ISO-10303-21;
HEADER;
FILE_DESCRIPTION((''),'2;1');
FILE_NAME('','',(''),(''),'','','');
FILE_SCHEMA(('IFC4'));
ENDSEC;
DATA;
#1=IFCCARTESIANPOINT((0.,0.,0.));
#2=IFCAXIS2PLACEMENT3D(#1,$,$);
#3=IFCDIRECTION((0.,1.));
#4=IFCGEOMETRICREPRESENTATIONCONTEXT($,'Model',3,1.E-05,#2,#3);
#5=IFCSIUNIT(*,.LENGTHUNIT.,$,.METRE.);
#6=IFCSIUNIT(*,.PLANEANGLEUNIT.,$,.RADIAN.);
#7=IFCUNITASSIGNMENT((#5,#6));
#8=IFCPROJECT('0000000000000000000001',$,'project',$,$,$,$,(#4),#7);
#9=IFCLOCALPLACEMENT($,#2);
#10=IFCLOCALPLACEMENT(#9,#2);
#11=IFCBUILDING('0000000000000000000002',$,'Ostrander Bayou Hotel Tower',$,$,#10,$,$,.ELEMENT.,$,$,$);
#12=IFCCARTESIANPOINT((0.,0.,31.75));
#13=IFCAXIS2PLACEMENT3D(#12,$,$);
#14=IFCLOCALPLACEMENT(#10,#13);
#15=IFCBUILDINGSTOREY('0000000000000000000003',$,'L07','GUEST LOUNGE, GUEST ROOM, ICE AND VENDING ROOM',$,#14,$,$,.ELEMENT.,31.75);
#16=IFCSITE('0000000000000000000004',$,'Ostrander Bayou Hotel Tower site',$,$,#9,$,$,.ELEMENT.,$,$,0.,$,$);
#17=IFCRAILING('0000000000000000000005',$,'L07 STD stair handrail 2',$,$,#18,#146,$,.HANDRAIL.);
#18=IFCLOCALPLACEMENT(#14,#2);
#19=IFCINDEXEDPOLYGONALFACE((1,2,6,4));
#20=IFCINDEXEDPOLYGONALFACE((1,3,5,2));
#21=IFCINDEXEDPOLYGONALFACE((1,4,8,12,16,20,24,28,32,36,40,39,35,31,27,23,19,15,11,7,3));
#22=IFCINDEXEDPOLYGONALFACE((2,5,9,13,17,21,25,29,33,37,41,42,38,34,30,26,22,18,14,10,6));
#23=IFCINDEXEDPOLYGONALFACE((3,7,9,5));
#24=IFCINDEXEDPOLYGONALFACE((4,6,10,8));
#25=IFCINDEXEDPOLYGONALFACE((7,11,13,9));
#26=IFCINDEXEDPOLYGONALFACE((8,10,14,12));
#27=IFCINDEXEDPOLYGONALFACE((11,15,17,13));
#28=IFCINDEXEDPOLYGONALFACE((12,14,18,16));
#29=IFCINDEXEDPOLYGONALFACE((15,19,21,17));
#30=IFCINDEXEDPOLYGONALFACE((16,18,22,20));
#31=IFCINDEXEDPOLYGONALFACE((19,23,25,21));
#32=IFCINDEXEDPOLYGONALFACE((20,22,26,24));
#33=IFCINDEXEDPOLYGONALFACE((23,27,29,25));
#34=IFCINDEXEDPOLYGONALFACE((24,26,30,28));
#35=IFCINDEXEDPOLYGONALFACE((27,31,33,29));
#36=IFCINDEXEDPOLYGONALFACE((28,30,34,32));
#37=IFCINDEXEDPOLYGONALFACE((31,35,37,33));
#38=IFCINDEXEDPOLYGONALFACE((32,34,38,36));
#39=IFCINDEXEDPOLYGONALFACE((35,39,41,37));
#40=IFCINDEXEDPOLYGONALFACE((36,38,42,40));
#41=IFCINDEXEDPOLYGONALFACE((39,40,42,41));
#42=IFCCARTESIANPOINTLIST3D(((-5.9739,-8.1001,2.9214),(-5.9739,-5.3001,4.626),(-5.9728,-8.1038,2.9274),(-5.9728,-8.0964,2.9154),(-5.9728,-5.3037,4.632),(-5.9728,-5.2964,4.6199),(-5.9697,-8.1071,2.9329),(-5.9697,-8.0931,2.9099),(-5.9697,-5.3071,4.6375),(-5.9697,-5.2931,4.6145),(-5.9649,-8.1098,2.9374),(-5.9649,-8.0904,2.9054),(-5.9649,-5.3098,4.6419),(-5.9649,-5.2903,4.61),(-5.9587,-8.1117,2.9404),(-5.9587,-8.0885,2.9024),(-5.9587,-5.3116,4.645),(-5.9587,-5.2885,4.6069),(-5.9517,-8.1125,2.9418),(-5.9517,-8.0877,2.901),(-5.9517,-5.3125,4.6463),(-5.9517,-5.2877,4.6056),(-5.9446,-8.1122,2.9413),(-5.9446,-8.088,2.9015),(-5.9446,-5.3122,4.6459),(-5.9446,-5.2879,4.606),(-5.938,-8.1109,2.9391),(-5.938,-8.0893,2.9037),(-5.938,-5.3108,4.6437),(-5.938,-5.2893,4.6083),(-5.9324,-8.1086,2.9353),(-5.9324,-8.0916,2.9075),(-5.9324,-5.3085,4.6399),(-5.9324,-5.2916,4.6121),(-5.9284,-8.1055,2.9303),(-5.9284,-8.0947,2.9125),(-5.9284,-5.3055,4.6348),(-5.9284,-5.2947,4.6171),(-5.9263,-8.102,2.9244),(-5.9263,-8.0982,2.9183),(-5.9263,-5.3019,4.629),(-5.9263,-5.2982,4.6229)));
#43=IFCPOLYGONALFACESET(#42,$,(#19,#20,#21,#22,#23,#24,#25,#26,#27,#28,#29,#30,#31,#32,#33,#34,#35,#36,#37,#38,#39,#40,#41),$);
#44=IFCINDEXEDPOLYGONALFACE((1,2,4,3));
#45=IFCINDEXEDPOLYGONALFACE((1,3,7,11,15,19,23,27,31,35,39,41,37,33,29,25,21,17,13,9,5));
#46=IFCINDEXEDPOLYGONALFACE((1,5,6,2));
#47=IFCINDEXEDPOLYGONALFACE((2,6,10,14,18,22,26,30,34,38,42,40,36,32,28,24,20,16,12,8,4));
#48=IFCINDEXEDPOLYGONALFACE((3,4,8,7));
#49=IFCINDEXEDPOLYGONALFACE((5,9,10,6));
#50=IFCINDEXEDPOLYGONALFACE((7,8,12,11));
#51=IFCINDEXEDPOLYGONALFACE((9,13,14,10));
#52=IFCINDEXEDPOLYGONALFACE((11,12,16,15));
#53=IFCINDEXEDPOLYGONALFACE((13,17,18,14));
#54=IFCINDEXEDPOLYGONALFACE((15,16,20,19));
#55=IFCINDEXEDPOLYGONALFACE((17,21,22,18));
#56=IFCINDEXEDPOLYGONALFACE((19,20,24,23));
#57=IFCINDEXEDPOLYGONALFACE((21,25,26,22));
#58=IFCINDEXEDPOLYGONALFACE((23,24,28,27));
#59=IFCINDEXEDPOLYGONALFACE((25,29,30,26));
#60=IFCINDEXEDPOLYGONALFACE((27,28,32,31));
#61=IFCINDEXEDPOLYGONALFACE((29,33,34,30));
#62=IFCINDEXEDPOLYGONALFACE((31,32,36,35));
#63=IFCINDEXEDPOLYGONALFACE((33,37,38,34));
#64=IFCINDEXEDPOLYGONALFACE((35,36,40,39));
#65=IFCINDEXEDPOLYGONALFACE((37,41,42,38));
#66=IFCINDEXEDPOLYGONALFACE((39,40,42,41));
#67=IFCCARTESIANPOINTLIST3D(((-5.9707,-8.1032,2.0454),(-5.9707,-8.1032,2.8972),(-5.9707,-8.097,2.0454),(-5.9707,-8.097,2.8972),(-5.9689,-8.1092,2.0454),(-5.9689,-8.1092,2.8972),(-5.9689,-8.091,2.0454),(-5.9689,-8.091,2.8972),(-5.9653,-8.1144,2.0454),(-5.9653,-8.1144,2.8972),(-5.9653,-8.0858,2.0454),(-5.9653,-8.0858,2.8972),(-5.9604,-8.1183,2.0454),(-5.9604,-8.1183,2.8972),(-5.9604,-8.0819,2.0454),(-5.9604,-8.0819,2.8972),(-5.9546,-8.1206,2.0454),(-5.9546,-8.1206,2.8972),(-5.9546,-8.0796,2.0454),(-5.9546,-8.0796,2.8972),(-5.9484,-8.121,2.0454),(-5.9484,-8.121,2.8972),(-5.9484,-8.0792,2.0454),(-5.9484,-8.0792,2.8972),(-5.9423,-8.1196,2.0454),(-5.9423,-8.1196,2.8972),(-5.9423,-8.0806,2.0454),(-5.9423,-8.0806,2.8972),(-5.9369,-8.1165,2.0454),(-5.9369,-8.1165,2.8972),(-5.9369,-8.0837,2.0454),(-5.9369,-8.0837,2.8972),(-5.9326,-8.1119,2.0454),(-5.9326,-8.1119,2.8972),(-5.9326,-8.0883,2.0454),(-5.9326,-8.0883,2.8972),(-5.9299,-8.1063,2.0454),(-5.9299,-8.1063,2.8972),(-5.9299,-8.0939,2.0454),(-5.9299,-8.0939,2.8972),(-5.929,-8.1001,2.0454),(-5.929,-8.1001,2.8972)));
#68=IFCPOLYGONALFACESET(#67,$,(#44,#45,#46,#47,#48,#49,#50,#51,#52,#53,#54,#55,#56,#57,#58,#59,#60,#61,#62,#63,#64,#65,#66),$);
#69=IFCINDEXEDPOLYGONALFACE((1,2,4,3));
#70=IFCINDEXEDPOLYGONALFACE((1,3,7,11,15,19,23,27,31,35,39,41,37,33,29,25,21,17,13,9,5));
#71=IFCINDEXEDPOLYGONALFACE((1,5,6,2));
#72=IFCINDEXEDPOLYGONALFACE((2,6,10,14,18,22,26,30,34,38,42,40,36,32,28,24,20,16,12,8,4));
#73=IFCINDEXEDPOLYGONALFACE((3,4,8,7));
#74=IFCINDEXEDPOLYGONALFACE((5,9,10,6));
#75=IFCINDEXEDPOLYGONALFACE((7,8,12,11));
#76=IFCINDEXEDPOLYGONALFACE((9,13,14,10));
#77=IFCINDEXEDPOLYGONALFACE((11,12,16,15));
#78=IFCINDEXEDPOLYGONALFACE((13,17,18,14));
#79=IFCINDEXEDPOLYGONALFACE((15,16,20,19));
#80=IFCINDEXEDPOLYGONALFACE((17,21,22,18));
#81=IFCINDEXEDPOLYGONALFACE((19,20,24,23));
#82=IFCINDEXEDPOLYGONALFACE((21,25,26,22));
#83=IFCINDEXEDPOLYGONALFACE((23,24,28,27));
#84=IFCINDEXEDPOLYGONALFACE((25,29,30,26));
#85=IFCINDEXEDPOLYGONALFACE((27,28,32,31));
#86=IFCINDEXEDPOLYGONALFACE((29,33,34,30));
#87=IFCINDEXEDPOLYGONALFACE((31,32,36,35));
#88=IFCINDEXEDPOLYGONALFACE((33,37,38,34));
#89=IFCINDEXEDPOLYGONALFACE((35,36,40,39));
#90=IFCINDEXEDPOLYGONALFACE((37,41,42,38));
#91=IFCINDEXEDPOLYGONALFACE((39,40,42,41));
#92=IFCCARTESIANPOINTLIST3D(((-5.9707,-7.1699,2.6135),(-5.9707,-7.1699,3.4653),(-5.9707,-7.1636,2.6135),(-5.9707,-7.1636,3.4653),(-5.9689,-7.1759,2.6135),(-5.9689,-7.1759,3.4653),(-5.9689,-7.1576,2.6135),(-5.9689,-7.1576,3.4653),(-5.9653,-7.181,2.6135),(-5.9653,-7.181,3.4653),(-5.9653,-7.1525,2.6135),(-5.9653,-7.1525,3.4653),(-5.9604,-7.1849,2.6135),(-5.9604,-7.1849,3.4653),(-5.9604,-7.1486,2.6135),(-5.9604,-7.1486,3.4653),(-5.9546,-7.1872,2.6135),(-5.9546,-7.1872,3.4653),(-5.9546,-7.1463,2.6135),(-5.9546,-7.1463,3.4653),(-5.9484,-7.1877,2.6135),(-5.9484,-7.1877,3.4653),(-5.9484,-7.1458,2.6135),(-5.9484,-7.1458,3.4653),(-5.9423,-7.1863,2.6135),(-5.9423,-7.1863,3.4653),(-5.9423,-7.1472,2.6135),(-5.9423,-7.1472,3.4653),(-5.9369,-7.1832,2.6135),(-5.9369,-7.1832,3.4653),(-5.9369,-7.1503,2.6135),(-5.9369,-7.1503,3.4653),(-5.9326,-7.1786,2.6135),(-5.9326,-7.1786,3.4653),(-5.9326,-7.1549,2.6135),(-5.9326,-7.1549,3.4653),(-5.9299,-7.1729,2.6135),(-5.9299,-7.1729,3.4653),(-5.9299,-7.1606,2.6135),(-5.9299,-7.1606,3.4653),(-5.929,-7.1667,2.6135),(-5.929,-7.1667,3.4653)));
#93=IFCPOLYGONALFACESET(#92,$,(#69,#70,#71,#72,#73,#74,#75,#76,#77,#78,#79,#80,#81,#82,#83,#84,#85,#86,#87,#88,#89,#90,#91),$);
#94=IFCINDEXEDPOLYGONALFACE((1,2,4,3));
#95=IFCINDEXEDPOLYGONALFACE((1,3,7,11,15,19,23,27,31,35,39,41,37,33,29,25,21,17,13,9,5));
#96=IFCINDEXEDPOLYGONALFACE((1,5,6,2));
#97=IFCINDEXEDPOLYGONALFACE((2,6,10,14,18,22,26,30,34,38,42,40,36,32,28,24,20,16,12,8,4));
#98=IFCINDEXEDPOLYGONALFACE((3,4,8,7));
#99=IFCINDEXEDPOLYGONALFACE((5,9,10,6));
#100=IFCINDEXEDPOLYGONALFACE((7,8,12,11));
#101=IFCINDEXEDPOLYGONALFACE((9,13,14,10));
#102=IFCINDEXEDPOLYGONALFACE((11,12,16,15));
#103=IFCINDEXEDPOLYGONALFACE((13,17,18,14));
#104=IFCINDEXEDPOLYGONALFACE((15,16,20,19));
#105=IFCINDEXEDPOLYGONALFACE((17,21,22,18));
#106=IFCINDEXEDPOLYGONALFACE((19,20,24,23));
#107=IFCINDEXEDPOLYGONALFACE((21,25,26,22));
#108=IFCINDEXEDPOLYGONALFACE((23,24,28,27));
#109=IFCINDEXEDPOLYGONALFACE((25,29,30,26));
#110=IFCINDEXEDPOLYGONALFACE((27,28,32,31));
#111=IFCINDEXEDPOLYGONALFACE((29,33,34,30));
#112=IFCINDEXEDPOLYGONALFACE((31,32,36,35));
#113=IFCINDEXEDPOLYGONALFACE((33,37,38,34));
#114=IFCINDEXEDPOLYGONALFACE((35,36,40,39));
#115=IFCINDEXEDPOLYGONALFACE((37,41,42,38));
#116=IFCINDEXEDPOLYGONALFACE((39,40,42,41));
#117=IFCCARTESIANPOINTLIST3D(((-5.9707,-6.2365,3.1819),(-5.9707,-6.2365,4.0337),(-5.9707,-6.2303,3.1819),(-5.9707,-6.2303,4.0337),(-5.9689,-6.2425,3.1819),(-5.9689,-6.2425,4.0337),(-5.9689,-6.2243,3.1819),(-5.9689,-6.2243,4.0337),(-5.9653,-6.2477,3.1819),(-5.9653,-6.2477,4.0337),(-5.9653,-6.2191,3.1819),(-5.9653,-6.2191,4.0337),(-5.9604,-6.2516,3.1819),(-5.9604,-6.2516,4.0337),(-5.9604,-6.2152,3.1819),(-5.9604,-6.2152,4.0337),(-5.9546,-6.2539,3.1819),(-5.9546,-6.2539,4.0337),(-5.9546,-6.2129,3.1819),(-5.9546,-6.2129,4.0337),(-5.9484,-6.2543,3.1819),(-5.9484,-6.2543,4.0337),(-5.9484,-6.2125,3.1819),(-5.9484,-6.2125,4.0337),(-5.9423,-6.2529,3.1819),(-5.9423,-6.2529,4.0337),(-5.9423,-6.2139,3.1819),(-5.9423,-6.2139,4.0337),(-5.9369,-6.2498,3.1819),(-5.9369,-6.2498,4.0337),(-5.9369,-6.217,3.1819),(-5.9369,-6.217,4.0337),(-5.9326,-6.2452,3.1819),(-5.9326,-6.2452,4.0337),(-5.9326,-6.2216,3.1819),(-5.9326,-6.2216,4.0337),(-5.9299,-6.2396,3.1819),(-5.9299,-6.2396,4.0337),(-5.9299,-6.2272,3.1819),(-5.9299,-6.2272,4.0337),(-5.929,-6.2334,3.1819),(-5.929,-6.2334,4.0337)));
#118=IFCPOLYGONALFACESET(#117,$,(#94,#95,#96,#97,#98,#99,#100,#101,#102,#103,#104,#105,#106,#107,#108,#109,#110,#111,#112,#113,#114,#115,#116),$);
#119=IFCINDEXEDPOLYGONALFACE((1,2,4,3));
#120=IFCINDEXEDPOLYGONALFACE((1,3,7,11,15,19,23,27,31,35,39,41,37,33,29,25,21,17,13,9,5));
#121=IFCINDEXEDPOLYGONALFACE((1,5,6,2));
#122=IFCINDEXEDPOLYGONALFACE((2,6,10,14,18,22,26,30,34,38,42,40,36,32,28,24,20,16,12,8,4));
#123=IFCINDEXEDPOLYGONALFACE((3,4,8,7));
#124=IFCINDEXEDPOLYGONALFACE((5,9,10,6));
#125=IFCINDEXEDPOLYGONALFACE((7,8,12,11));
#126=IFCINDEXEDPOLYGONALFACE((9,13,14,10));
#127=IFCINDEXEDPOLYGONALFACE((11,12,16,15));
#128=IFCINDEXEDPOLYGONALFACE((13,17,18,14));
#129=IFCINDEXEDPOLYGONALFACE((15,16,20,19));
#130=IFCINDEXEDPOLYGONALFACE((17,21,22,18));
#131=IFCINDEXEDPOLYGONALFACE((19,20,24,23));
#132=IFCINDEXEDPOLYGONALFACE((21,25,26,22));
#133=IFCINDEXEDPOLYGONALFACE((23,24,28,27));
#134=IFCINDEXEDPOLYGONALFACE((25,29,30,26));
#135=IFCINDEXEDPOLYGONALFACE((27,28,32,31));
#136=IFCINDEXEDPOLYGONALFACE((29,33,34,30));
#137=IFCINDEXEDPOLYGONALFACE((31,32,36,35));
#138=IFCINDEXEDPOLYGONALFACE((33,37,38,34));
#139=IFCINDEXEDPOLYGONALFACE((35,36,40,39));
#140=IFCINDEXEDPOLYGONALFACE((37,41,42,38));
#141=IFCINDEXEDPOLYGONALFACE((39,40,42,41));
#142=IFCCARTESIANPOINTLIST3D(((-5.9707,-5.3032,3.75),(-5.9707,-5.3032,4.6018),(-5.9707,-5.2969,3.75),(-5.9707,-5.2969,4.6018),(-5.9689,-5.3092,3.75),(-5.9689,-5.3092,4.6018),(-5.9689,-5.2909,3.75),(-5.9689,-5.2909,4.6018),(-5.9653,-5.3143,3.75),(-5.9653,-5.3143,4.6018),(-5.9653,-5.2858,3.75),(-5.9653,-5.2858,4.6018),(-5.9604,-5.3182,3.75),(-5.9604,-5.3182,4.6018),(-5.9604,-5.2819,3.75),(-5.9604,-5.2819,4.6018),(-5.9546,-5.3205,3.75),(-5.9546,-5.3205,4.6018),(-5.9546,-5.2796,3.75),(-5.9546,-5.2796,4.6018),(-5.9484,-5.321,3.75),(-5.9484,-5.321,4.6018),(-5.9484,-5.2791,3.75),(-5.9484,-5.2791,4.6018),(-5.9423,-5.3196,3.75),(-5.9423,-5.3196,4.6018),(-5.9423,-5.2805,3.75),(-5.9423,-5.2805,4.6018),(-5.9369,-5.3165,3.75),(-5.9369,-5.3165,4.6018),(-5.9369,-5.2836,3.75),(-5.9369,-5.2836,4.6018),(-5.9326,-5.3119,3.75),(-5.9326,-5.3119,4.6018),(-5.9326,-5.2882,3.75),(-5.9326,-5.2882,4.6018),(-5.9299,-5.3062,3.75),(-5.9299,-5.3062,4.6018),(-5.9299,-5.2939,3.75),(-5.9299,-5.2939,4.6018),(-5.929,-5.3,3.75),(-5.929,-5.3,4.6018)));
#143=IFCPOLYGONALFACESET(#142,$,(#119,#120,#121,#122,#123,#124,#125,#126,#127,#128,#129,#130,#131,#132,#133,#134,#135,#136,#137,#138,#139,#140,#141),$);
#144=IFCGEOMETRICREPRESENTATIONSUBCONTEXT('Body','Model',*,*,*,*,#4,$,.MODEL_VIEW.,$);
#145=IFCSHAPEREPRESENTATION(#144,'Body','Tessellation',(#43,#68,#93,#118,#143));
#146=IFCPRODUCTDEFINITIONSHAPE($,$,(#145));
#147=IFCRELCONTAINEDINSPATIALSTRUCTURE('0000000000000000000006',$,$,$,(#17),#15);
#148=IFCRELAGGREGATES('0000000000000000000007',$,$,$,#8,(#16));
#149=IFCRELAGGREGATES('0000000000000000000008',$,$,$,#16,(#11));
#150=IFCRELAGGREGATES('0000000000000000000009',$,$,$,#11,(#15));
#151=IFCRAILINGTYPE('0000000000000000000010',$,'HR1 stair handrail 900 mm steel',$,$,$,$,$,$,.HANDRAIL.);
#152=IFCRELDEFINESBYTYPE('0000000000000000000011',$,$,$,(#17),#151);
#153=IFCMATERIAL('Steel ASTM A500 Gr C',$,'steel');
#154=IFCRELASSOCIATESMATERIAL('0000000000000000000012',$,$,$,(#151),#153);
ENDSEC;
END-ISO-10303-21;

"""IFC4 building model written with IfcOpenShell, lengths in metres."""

from ifc_helpers import new_model, si_unit, direction, frame, origin, origin_2d, place, context, subcontext, project, spatial, circle, extrude, material, type_object, element, save


model = new_model("IFC4")

# Units and contexts
model_context = context("Model", 3, precision=1e-05, world=origin(), true_north=direction((0.0, 1.0)))
body_context = subcontext(model_context, "Body", "Model", "MODEL_VIEW")
ifc_project = project(units=[si_unit("LENGTHUNIT", "METRE"), si_unit("PLANEANGLEUNIT", "RADIAN")], contexts=[model_context])

# Site, building, storey
site_placement = place(None, origin())
site = spatial("IfcSite", under=ifc_project, at=site_placement, Name="Ostrander Bayou Hotel Tower site", CompositionType="ELEMENT", RefElevation=0.0)
building_placement = place(site_placement, origin())
building = spatial("IfcBuilding", under=site, at=building_placement, Name="Ostrander Bayou Hotel Tower", CompositionType="ELEMENT")
storey_placement = place(building_placement, frame((0.0, 0.0, 31.75)))
storey = spatial("IfcBuildingStorey", under=building, at=storey_placement, Name="L07", Description="GUEST LOUNGE, GUEST ROOM, ICE AND VENDING ROOM", CompositionType="ELEMENT", Elevation=31.75)

# Railing
ifc_material_1 = material(Name="Steel ASTM A500 Gr C", Category="steel")
railing_type_1 = type_object("IfcRailingType", Name="HR1 stair handrail 900 mm steel", PredefinedType="HANDRAIL", material=ifc_material_1)
railing_1_placement = place(storey_placement, frame((-5.95, -8.1001, 2.0454)))
element("IfcRailing", 1, at=railing_1_placement, inside=storey, type_object=railing_type_1, Name="L07 STD stair handrail 2", PredefinedType="HANDRAIL", context=body_context, shape_type="SweptSolid", body=[
    extrude(circle(Radius=0.0239, at=origin_2d()), frame((0.0, 0.0, 0.876), z_axis=(0.0, 0.85417, 0.519994), x_axis=(-1.0, 0.0, 0.0)), (0.0, 0.0, 1.0), 3.2781),
    extrude(circle(Radius=0.021, at=origin_2d()), origin(), (0.0, 0.0, 1.0), 0.8518),
    extrude(circle(Radius=0.021, at=origin_2d()), frame((0.0, 0.9333, 0.5681)), (0.0, 0.0, 1.0), 0.8518),
    extrude(circle(Radius=0.021, at=origin_2d()), frame((0.0, 1.8667, 1.1365)), (0.0, 0.0, 1.0), 0.8518),
    extrude(circle(Radius=0.021, at=origin_2d()), frame((0.0, 2.8, 1.7046)), (0.0, 0.0, 1.0), 0.8518),
])

save(model, "model.ifc")
